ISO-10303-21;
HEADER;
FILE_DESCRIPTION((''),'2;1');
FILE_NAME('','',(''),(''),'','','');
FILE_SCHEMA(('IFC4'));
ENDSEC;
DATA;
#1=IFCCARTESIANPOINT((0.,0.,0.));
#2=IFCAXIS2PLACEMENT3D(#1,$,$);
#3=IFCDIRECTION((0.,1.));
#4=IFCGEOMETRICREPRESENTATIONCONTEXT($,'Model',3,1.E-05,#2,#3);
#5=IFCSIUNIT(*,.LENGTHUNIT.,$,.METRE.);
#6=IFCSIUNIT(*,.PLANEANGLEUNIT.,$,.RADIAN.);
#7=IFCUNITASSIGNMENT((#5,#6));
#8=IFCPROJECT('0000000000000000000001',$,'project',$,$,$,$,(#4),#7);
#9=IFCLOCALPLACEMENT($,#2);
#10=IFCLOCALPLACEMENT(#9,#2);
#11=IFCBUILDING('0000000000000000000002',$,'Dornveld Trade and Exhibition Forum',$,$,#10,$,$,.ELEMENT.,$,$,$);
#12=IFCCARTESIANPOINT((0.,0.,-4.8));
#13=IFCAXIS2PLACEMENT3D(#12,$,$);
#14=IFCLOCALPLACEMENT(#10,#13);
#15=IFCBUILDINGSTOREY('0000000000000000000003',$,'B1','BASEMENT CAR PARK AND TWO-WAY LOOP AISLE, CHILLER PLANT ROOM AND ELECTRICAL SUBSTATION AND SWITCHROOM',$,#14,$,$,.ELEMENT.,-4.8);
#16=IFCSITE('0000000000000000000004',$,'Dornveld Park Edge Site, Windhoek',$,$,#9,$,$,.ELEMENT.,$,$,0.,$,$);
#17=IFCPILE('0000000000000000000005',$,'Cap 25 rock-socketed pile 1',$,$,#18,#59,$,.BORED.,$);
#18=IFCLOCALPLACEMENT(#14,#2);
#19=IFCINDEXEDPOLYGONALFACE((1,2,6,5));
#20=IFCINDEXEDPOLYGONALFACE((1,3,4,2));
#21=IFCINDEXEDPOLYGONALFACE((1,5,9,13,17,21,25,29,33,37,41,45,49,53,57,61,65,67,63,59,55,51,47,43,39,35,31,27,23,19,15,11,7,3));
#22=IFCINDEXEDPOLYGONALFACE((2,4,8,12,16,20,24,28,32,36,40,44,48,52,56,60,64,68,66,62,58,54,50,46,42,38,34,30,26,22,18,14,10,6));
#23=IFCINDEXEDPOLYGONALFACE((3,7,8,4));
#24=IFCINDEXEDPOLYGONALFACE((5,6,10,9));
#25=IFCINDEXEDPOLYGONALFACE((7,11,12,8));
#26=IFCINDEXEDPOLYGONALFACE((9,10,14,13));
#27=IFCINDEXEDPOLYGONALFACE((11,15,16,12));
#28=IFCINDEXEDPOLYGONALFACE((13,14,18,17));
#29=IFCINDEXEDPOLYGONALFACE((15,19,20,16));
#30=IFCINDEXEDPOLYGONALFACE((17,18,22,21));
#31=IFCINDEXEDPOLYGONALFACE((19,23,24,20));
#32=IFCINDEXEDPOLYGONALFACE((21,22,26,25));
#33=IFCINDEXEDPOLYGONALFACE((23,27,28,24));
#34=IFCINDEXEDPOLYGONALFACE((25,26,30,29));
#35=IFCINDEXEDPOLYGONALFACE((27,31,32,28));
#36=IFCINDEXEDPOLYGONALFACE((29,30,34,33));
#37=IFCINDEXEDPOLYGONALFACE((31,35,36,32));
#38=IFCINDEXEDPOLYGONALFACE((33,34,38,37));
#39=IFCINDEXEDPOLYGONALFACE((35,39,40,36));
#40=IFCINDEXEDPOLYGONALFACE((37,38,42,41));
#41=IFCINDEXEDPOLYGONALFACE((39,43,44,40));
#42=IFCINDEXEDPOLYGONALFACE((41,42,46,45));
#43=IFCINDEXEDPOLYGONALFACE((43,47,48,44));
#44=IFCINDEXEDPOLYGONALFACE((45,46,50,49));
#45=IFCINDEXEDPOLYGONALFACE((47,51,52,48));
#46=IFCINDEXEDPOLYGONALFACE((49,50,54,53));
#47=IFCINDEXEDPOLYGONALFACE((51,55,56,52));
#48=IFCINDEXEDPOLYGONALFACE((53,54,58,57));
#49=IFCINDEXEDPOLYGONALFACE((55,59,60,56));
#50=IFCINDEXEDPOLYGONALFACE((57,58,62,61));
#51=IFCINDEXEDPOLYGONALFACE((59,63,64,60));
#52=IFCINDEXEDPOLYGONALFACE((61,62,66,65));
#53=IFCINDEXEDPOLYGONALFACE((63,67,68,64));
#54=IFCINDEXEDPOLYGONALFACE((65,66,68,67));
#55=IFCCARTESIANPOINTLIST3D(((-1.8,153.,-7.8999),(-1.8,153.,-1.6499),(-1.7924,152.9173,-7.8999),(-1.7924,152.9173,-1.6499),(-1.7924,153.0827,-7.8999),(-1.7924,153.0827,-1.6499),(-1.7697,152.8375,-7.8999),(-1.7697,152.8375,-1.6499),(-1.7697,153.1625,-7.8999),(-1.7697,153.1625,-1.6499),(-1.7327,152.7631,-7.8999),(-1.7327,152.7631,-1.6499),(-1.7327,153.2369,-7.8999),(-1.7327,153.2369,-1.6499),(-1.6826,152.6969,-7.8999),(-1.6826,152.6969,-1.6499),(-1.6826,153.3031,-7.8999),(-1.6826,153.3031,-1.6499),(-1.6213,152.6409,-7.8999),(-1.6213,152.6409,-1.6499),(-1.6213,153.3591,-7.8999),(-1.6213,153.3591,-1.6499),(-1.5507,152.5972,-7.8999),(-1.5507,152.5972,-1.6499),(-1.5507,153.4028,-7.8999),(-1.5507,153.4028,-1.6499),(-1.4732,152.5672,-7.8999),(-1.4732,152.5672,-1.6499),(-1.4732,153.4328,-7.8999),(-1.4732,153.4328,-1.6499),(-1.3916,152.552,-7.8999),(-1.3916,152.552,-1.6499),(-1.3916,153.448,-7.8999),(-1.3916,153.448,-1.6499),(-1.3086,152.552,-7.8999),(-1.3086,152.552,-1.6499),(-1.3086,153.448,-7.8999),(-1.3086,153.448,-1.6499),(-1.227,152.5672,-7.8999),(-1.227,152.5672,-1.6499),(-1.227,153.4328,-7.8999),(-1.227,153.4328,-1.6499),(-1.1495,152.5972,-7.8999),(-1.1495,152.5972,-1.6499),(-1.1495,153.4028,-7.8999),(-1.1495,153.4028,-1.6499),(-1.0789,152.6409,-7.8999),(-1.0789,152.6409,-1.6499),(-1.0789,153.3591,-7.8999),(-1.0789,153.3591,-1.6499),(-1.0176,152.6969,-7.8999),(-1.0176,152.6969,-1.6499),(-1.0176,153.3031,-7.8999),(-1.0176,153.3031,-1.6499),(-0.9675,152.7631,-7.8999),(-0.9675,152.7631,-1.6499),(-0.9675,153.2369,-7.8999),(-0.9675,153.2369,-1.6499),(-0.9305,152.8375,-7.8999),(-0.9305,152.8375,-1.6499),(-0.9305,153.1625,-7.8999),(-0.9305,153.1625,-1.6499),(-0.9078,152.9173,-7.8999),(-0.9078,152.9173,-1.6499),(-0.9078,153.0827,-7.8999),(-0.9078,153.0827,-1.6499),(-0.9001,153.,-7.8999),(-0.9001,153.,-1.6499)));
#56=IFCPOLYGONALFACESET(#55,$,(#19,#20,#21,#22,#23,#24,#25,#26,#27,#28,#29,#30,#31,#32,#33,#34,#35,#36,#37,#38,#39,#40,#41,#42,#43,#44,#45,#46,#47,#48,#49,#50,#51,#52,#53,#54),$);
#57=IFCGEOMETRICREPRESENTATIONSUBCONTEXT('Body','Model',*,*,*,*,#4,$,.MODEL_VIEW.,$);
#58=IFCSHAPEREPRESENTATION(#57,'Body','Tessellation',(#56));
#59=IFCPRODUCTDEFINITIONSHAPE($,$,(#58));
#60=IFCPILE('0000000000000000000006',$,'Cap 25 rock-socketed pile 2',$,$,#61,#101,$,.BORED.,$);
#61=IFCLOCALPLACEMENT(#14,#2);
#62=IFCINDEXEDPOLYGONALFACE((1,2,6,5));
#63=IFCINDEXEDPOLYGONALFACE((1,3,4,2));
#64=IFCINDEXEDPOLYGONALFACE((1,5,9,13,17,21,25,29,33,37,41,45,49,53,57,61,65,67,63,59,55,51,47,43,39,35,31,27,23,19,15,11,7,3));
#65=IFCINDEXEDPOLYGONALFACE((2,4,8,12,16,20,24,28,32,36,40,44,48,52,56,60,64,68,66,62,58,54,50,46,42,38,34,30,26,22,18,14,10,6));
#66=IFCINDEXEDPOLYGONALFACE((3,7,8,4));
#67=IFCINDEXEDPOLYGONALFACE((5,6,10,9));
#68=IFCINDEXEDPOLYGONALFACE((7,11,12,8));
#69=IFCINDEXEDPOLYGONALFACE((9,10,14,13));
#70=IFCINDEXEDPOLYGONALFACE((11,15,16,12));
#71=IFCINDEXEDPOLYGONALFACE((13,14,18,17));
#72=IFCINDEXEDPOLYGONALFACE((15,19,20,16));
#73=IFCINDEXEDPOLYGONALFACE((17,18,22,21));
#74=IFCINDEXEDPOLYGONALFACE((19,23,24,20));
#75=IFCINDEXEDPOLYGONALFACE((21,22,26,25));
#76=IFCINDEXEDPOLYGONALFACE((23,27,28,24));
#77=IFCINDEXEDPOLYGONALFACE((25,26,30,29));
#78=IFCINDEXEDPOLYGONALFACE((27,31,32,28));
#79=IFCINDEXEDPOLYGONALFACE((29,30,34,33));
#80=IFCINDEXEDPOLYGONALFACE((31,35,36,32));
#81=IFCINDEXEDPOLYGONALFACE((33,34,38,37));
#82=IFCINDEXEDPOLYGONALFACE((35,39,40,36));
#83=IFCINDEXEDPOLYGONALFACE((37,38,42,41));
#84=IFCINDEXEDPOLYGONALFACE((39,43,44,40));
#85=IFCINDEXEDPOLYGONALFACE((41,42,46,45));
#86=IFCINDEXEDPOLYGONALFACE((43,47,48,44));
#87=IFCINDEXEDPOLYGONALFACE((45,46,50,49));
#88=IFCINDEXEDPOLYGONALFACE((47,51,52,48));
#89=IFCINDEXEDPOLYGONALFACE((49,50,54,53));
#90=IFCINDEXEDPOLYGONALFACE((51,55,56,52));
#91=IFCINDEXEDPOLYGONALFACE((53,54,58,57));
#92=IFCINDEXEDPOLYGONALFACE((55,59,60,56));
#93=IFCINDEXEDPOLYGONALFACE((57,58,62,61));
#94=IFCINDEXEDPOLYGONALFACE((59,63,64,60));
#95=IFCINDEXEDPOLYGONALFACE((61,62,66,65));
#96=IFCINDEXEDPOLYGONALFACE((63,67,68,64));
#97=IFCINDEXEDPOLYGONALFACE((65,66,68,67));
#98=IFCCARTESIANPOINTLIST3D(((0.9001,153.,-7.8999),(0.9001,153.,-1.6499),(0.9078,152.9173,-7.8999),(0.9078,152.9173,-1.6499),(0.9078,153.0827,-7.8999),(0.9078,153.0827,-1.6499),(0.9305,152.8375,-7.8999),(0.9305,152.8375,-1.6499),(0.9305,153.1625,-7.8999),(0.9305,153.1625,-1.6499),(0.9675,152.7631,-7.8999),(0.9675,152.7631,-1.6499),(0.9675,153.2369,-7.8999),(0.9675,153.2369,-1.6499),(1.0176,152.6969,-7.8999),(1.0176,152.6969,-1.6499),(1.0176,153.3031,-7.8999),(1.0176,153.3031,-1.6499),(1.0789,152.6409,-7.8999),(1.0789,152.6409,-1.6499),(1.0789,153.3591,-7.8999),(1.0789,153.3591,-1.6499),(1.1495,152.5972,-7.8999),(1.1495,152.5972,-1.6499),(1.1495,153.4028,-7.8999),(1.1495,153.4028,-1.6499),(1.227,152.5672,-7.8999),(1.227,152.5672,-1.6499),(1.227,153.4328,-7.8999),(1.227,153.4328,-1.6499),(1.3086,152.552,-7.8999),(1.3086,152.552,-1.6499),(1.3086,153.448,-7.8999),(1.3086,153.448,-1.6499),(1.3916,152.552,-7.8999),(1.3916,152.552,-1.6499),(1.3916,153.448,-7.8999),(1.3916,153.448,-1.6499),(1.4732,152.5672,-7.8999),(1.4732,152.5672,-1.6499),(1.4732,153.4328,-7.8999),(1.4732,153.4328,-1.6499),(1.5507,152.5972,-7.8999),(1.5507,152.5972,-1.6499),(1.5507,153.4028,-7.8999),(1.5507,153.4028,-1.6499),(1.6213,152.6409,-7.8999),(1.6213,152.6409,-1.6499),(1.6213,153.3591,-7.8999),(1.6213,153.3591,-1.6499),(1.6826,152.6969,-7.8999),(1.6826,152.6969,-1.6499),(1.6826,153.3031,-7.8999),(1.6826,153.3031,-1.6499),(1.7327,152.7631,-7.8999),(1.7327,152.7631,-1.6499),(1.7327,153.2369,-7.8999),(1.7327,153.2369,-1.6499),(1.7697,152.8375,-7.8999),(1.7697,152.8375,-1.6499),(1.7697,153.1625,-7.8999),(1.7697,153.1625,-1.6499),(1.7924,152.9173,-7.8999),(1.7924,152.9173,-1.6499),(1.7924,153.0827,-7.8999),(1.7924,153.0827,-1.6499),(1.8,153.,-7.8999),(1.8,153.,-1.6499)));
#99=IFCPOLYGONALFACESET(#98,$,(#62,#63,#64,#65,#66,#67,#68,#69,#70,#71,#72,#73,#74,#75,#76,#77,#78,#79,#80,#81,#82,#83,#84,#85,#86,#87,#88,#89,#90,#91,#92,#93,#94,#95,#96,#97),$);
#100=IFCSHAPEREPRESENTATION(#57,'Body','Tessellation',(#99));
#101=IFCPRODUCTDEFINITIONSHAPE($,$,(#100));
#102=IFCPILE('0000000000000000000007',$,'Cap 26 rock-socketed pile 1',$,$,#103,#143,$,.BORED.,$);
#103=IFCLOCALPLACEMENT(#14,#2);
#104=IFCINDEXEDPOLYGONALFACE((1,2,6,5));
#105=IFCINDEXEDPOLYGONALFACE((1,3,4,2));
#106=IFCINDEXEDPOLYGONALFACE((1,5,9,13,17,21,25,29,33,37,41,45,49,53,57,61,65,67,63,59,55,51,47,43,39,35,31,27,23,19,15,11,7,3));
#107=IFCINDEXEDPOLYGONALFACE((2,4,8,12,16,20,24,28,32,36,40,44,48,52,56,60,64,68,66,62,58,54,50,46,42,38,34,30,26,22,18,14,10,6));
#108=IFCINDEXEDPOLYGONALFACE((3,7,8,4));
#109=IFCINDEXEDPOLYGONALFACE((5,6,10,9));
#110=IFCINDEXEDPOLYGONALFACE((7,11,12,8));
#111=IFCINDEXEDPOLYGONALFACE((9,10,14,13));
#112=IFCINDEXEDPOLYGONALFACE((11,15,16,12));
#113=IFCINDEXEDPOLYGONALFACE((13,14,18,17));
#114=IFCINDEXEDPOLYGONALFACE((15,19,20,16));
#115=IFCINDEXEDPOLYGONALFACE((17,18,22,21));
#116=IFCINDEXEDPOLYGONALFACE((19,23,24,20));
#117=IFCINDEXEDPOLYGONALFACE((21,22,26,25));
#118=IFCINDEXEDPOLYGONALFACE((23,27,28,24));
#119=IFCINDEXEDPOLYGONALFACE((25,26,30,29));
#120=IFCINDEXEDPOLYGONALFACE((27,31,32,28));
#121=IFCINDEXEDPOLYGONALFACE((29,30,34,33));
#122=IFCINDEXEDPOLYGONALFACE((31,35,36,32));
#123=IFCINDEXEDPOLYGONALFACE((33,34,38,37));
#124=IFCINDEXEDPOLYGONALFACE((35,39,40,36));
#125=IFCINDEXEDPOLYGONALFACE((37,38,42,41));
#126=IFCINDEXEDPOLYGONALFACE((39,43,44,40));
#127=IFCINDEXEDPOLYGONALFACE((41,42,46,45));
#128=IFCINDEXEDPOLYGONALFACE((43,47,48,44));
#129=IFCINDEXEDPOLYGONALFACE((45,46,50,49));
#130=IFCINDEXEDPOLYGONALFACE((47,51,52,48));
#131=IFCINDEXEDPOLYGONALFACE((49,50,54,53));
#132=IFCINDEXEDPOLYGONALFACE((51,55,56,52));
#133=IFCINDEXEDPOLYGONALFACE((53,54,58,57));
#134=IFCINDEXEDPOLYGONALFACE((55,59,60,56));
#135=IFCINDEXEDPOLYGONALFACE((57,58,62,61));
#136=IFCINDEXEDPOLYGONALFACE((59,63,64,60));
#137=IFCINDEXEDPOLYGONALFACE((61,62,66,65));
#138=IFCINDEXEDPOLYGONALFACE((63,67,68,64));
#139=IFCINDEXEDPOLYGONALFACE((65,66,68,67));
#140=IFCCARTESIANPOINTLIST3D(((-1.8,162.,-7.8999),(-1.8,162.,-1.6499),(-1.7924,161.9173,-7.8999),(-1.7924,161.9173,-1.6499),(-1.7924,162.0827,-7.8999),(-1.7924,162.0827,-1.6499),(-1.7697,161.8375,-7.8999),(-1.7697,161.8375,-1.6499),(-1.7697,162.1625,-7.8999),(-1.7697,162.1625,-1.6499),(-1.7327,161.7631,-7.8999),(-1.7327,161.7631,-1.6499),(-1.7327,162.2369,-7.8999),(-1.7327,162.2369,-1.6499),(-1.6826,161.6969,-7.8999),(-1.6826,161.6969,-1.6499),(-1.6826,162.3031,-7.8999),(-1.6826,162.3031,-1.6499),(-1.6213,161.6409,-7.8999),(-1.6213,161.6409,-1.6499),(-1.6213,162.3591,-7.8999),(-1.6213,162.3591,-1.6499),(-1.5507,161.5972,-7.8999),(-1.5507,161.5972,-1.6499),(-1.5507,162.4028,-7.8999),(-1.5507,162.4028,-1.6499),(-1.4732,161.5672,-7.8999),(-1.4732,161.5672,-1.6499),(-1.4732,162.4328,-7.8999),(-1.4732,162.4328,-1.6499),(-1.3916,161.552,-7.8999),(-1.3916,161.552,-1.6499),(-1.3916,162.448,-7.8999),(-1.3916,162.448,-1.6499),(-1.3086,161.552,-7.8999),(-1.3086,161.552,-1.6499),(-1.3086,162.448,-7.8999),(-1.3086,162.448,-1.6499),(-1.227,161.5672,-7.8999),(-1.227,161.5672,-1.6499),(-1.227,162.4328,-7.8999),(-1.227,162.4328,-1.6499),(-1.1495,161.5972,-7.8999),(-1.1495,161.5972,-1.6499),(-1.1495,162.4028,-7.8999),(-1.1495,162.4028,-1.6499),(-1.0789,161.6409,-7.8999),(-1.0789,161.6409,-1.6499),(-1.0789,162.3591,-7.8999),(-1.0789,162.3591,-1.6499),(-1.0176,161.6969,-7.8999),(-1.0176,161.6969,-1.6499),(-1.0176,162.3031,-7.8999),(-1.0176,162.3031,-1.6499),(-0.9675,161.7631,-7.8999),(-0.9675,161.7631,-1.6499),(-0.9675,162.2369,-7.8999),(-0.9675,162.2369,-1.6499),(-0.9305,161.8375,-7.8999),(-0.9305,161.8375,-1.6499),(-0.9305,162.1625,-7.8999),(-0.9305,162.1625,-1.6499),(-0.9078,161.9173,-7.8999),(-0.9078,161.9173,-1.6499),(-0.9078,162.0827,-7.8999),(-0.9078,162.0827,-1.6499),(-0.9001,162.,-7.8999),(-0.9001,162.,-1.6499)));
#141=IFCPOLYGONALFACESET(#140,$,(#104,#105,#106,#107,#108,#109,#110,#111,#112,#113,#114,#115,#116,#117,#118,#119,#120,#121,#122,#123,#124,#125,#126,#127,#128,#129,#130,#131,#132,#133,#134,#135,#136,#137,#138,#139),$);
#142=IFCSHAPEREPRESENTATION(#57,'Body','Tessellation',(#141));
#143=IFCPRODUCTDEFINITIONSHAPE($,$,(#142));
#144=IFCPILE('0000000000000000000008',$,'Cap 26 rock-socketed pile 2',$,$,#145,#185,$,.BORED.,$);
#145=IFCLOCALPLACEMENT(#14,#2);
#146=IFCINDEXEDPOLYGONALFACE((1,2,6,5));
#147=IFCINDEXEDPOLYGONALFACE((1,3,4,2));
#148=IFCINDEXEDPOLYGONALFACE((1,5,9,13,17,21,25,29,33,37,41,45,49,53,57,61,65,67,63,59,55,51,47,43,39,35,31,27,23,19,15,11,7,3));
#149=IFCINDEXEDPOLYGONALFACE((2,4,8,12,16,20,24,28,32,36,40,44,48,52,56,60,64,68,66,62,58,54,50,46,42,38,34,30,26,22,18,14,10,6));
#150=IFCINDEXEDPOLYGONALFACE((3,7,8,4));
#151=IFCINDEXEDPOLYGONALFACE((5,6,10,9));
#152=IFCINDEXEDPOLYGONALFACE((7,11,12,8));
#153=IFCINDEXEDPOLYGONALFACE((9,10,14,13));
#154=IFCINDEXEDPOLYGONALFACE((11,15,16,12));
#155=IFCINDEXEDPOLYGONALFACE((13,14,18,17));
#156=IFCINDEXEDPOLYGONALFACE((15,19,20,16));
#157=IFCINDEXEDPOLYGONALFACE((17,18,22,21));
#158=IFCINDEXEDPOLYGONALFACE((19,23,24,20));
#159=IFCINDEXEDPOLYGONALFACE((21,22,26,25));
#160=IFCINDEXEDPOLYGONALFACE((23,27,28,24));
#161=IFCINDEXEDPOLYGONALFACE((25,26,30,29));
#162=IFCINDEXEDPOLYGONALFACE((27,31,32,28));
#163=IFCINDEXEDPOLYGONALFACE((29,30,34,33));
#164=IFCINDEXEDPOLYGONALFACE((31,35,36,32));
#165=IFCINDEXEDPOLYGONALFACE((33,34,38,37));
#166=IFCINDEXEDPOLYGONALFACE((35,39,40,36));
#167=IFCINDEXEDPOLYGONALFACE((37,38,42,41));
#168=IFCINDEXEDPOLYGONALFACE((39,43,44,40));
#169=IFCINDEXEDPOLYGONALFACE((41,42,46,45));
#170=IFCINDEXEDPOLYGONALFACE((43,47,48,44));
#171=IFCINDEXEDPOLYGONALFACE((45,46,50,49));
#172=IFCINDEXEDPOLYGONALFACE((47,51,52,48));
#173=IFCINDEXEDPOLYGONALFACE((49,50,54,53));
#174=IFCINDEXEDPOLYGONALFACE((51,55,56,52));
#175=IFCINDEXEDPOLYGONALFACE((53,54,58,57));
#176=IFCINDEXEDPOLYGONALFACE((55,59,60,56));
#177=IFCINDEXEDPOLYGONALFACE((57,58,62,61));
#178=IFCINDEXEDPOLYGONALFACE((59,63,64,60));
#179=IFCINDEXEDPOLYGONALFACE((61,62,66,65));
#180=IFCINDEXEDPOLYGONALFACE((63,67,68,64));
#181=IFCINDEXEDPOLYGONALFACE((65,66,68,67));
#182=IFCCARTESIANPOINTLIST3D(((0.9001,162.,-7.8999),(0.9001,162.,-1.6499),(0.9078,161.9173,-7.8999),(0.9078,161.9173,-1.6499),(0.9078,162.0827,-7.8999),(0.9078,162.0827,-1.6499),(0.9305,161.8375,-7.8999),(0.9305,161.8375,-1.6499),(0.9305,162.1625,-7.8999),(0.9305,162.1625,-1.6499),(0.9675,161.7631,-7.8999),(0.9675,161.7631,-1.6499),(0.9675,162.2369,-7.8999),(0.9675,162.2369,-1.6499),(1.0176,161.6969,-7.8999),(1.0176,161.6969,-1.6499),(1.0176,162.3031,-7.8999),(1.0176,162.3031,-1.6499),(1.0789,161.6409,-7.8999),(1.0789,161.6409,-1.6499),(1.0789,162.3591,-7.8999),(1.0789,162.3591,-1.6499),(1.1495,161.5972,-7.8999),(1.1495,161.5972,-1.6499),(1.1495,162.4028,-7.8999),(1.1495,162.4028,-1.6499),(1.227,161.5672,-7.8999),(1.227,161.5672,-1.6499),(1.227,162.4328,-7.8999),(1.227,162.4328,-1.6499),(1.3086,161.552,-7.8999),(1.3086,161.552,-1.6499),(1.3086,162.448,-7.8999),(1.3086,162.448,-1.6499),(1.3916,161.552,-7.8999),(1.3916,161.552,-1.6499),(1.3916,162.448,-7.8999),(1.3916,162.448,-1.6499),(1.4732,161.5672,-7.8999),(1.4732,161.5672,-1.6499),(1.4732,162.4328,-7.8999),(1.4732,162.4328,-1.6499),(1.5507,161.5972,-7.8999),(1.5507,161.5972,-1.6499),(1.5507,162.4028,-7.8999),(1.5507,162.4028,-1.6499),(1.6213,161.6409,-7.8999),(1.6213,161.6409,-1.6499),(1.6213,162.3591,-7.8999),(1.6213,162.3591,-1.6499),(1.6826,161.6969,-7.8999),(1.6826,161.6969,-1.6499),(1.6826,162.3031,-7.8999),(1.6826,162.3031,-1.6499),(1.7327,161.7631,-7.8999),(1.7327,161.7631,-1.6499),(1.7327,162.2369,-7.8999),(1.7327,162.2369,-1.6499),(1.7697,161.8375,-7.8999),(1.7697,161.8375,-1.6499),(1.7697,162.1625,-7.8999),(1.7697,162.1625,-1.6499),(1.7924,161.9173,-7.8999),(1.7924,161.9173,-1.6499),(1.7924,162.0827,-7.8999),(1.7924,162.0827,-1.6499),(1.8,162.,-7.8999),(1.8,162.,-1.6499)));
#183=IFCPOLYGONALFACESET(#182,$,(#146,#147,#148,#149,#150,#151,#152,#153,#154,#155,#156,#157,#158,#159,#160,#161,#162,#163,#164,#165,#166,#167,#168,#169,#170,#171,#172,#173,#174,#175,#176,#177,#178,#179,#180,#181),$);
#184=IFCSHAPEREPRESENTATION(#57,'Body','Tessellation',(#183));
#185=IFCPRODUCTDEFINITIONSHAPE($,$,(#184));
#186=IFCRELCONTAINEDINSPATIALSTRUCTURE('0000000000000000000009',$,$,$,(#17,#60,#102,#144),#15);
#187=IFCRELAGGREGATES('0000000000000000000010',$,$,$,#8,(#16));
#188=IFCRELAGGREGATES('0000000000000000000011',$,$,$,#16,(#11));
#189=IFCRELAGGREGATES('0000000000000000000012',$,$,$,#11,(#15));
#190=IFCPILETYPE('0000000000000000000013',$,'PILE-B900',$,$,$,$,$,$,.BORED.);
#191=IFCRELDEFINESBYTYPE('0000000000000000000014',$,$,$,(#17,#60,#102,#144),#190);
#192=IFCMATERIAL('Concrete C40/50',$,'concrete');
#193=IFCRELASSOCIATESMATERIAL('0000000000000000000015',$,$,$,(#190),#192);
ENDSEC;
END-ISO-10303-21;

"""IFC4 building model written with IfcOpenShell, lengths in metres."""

from ifc_helpers import new_model, si_unit, direction, frame, origin, origin_2d, place, context, subcontext, project, spatial, circle, extrude, material, material_profile, profile_set, type_object, element, save


model = new_model("IFC4")

# Units and contexts
model_context = context("Model", 3, precision=1e-05, world=origin(), true_north=direction((0.0, 1.0)))
body_context = subcontext(model_context, "Body", "Model", "MODEL_VIEW")
ifc_project = project(units=[si_unit("LENGTHUNIT", "METRE"), si_unit("PLANEANGLEUNIT", "RADIAN")], contexts=[model_context])

# Site, building, storey
site_placement = place(None, origin())
site = spatial("IfcSite", under=ifc_project, at=site_placement, Name="Dornveld Park Edge Site, Windhoek", CompositionType="ELEMENT", RefElevation=0.0)
building_placement = place(site_placement, origin())
building = spatial("IfcBuilding", under=site, at=building_placement, Name="Dornveld Trade and Exhibition Forum", CompositionType="ELEMENT")
storey_placement = place(building_placement, frame((0.0, 0.0, -4.8)))
storey = spatial("IfcBuildingStorey", under=building, at=storey_placement, Name="B1", Description="BASEMENT CAR PARK AND TWO-WAY LOOP AISLE, CHILLER PLANT ROOM AND ELECTRICAL SUBSTATION AND SWITCHROOM", CompositionType="ELEMENT", Elevation=-4.8)

# Piles
ifc_material_1 = material(Name="Concrete C40/50", Category="concrete")
ifc_material_profile_1 = material_profile(ifc_material_1, circle(Radius=0.45, at=origin_2d()), Name="PILE D900")
ifc_profile_set_1 = profile_set([ifc_material_profile_1], Name="Concrete C40/50")
pile_type = type_object("IfcPileType", Name="PILE-B900", PredefinedType="BORED", material=ifc_profile_set_1)
for number, where, z_axis, x_axis, name in (
    (1, (-1.3501, 153.0, -1.6499), (0.0, 0.0, -1.0), (1.0, 0.0, 0.0), "Cap 25 rock-socketed pile 1"),
    (2, (1.3501, 153.0, -1.6499), (0.0, 0.0, -1.0), (1.0, 0.0, 0.0), "Cap 25 rock-socketed pile 2"),
    (3, (-1.3501, 162.0, -1.6499), (0.0, 0.0, -1.0), (1.0, 0.0, 0.0), "Cap 26 rock-socketed pile 1"),
    (4, (1.3501, 162.0, -1.6499), (0.0, 0.0, -1.0), (1.0, 0.0, 0.0), "Cap 26 rock-socketed pile 2"),
):
    element("IfcPile", number, at=place(storey_placement, frame(where, z_axis=z_axis, x_axis=x_axis)), inside=storey, type_object=pile_type, Name=name, PredefinedType="BORED", context=body_context, shape_type="SweptSolid", body=[
        extrude(circle(Radius=0.45, at=origin_2d()), origin(), (0.0, 0.0, 1.0), 6.25),
    ])

save(model, "model.ifc")
